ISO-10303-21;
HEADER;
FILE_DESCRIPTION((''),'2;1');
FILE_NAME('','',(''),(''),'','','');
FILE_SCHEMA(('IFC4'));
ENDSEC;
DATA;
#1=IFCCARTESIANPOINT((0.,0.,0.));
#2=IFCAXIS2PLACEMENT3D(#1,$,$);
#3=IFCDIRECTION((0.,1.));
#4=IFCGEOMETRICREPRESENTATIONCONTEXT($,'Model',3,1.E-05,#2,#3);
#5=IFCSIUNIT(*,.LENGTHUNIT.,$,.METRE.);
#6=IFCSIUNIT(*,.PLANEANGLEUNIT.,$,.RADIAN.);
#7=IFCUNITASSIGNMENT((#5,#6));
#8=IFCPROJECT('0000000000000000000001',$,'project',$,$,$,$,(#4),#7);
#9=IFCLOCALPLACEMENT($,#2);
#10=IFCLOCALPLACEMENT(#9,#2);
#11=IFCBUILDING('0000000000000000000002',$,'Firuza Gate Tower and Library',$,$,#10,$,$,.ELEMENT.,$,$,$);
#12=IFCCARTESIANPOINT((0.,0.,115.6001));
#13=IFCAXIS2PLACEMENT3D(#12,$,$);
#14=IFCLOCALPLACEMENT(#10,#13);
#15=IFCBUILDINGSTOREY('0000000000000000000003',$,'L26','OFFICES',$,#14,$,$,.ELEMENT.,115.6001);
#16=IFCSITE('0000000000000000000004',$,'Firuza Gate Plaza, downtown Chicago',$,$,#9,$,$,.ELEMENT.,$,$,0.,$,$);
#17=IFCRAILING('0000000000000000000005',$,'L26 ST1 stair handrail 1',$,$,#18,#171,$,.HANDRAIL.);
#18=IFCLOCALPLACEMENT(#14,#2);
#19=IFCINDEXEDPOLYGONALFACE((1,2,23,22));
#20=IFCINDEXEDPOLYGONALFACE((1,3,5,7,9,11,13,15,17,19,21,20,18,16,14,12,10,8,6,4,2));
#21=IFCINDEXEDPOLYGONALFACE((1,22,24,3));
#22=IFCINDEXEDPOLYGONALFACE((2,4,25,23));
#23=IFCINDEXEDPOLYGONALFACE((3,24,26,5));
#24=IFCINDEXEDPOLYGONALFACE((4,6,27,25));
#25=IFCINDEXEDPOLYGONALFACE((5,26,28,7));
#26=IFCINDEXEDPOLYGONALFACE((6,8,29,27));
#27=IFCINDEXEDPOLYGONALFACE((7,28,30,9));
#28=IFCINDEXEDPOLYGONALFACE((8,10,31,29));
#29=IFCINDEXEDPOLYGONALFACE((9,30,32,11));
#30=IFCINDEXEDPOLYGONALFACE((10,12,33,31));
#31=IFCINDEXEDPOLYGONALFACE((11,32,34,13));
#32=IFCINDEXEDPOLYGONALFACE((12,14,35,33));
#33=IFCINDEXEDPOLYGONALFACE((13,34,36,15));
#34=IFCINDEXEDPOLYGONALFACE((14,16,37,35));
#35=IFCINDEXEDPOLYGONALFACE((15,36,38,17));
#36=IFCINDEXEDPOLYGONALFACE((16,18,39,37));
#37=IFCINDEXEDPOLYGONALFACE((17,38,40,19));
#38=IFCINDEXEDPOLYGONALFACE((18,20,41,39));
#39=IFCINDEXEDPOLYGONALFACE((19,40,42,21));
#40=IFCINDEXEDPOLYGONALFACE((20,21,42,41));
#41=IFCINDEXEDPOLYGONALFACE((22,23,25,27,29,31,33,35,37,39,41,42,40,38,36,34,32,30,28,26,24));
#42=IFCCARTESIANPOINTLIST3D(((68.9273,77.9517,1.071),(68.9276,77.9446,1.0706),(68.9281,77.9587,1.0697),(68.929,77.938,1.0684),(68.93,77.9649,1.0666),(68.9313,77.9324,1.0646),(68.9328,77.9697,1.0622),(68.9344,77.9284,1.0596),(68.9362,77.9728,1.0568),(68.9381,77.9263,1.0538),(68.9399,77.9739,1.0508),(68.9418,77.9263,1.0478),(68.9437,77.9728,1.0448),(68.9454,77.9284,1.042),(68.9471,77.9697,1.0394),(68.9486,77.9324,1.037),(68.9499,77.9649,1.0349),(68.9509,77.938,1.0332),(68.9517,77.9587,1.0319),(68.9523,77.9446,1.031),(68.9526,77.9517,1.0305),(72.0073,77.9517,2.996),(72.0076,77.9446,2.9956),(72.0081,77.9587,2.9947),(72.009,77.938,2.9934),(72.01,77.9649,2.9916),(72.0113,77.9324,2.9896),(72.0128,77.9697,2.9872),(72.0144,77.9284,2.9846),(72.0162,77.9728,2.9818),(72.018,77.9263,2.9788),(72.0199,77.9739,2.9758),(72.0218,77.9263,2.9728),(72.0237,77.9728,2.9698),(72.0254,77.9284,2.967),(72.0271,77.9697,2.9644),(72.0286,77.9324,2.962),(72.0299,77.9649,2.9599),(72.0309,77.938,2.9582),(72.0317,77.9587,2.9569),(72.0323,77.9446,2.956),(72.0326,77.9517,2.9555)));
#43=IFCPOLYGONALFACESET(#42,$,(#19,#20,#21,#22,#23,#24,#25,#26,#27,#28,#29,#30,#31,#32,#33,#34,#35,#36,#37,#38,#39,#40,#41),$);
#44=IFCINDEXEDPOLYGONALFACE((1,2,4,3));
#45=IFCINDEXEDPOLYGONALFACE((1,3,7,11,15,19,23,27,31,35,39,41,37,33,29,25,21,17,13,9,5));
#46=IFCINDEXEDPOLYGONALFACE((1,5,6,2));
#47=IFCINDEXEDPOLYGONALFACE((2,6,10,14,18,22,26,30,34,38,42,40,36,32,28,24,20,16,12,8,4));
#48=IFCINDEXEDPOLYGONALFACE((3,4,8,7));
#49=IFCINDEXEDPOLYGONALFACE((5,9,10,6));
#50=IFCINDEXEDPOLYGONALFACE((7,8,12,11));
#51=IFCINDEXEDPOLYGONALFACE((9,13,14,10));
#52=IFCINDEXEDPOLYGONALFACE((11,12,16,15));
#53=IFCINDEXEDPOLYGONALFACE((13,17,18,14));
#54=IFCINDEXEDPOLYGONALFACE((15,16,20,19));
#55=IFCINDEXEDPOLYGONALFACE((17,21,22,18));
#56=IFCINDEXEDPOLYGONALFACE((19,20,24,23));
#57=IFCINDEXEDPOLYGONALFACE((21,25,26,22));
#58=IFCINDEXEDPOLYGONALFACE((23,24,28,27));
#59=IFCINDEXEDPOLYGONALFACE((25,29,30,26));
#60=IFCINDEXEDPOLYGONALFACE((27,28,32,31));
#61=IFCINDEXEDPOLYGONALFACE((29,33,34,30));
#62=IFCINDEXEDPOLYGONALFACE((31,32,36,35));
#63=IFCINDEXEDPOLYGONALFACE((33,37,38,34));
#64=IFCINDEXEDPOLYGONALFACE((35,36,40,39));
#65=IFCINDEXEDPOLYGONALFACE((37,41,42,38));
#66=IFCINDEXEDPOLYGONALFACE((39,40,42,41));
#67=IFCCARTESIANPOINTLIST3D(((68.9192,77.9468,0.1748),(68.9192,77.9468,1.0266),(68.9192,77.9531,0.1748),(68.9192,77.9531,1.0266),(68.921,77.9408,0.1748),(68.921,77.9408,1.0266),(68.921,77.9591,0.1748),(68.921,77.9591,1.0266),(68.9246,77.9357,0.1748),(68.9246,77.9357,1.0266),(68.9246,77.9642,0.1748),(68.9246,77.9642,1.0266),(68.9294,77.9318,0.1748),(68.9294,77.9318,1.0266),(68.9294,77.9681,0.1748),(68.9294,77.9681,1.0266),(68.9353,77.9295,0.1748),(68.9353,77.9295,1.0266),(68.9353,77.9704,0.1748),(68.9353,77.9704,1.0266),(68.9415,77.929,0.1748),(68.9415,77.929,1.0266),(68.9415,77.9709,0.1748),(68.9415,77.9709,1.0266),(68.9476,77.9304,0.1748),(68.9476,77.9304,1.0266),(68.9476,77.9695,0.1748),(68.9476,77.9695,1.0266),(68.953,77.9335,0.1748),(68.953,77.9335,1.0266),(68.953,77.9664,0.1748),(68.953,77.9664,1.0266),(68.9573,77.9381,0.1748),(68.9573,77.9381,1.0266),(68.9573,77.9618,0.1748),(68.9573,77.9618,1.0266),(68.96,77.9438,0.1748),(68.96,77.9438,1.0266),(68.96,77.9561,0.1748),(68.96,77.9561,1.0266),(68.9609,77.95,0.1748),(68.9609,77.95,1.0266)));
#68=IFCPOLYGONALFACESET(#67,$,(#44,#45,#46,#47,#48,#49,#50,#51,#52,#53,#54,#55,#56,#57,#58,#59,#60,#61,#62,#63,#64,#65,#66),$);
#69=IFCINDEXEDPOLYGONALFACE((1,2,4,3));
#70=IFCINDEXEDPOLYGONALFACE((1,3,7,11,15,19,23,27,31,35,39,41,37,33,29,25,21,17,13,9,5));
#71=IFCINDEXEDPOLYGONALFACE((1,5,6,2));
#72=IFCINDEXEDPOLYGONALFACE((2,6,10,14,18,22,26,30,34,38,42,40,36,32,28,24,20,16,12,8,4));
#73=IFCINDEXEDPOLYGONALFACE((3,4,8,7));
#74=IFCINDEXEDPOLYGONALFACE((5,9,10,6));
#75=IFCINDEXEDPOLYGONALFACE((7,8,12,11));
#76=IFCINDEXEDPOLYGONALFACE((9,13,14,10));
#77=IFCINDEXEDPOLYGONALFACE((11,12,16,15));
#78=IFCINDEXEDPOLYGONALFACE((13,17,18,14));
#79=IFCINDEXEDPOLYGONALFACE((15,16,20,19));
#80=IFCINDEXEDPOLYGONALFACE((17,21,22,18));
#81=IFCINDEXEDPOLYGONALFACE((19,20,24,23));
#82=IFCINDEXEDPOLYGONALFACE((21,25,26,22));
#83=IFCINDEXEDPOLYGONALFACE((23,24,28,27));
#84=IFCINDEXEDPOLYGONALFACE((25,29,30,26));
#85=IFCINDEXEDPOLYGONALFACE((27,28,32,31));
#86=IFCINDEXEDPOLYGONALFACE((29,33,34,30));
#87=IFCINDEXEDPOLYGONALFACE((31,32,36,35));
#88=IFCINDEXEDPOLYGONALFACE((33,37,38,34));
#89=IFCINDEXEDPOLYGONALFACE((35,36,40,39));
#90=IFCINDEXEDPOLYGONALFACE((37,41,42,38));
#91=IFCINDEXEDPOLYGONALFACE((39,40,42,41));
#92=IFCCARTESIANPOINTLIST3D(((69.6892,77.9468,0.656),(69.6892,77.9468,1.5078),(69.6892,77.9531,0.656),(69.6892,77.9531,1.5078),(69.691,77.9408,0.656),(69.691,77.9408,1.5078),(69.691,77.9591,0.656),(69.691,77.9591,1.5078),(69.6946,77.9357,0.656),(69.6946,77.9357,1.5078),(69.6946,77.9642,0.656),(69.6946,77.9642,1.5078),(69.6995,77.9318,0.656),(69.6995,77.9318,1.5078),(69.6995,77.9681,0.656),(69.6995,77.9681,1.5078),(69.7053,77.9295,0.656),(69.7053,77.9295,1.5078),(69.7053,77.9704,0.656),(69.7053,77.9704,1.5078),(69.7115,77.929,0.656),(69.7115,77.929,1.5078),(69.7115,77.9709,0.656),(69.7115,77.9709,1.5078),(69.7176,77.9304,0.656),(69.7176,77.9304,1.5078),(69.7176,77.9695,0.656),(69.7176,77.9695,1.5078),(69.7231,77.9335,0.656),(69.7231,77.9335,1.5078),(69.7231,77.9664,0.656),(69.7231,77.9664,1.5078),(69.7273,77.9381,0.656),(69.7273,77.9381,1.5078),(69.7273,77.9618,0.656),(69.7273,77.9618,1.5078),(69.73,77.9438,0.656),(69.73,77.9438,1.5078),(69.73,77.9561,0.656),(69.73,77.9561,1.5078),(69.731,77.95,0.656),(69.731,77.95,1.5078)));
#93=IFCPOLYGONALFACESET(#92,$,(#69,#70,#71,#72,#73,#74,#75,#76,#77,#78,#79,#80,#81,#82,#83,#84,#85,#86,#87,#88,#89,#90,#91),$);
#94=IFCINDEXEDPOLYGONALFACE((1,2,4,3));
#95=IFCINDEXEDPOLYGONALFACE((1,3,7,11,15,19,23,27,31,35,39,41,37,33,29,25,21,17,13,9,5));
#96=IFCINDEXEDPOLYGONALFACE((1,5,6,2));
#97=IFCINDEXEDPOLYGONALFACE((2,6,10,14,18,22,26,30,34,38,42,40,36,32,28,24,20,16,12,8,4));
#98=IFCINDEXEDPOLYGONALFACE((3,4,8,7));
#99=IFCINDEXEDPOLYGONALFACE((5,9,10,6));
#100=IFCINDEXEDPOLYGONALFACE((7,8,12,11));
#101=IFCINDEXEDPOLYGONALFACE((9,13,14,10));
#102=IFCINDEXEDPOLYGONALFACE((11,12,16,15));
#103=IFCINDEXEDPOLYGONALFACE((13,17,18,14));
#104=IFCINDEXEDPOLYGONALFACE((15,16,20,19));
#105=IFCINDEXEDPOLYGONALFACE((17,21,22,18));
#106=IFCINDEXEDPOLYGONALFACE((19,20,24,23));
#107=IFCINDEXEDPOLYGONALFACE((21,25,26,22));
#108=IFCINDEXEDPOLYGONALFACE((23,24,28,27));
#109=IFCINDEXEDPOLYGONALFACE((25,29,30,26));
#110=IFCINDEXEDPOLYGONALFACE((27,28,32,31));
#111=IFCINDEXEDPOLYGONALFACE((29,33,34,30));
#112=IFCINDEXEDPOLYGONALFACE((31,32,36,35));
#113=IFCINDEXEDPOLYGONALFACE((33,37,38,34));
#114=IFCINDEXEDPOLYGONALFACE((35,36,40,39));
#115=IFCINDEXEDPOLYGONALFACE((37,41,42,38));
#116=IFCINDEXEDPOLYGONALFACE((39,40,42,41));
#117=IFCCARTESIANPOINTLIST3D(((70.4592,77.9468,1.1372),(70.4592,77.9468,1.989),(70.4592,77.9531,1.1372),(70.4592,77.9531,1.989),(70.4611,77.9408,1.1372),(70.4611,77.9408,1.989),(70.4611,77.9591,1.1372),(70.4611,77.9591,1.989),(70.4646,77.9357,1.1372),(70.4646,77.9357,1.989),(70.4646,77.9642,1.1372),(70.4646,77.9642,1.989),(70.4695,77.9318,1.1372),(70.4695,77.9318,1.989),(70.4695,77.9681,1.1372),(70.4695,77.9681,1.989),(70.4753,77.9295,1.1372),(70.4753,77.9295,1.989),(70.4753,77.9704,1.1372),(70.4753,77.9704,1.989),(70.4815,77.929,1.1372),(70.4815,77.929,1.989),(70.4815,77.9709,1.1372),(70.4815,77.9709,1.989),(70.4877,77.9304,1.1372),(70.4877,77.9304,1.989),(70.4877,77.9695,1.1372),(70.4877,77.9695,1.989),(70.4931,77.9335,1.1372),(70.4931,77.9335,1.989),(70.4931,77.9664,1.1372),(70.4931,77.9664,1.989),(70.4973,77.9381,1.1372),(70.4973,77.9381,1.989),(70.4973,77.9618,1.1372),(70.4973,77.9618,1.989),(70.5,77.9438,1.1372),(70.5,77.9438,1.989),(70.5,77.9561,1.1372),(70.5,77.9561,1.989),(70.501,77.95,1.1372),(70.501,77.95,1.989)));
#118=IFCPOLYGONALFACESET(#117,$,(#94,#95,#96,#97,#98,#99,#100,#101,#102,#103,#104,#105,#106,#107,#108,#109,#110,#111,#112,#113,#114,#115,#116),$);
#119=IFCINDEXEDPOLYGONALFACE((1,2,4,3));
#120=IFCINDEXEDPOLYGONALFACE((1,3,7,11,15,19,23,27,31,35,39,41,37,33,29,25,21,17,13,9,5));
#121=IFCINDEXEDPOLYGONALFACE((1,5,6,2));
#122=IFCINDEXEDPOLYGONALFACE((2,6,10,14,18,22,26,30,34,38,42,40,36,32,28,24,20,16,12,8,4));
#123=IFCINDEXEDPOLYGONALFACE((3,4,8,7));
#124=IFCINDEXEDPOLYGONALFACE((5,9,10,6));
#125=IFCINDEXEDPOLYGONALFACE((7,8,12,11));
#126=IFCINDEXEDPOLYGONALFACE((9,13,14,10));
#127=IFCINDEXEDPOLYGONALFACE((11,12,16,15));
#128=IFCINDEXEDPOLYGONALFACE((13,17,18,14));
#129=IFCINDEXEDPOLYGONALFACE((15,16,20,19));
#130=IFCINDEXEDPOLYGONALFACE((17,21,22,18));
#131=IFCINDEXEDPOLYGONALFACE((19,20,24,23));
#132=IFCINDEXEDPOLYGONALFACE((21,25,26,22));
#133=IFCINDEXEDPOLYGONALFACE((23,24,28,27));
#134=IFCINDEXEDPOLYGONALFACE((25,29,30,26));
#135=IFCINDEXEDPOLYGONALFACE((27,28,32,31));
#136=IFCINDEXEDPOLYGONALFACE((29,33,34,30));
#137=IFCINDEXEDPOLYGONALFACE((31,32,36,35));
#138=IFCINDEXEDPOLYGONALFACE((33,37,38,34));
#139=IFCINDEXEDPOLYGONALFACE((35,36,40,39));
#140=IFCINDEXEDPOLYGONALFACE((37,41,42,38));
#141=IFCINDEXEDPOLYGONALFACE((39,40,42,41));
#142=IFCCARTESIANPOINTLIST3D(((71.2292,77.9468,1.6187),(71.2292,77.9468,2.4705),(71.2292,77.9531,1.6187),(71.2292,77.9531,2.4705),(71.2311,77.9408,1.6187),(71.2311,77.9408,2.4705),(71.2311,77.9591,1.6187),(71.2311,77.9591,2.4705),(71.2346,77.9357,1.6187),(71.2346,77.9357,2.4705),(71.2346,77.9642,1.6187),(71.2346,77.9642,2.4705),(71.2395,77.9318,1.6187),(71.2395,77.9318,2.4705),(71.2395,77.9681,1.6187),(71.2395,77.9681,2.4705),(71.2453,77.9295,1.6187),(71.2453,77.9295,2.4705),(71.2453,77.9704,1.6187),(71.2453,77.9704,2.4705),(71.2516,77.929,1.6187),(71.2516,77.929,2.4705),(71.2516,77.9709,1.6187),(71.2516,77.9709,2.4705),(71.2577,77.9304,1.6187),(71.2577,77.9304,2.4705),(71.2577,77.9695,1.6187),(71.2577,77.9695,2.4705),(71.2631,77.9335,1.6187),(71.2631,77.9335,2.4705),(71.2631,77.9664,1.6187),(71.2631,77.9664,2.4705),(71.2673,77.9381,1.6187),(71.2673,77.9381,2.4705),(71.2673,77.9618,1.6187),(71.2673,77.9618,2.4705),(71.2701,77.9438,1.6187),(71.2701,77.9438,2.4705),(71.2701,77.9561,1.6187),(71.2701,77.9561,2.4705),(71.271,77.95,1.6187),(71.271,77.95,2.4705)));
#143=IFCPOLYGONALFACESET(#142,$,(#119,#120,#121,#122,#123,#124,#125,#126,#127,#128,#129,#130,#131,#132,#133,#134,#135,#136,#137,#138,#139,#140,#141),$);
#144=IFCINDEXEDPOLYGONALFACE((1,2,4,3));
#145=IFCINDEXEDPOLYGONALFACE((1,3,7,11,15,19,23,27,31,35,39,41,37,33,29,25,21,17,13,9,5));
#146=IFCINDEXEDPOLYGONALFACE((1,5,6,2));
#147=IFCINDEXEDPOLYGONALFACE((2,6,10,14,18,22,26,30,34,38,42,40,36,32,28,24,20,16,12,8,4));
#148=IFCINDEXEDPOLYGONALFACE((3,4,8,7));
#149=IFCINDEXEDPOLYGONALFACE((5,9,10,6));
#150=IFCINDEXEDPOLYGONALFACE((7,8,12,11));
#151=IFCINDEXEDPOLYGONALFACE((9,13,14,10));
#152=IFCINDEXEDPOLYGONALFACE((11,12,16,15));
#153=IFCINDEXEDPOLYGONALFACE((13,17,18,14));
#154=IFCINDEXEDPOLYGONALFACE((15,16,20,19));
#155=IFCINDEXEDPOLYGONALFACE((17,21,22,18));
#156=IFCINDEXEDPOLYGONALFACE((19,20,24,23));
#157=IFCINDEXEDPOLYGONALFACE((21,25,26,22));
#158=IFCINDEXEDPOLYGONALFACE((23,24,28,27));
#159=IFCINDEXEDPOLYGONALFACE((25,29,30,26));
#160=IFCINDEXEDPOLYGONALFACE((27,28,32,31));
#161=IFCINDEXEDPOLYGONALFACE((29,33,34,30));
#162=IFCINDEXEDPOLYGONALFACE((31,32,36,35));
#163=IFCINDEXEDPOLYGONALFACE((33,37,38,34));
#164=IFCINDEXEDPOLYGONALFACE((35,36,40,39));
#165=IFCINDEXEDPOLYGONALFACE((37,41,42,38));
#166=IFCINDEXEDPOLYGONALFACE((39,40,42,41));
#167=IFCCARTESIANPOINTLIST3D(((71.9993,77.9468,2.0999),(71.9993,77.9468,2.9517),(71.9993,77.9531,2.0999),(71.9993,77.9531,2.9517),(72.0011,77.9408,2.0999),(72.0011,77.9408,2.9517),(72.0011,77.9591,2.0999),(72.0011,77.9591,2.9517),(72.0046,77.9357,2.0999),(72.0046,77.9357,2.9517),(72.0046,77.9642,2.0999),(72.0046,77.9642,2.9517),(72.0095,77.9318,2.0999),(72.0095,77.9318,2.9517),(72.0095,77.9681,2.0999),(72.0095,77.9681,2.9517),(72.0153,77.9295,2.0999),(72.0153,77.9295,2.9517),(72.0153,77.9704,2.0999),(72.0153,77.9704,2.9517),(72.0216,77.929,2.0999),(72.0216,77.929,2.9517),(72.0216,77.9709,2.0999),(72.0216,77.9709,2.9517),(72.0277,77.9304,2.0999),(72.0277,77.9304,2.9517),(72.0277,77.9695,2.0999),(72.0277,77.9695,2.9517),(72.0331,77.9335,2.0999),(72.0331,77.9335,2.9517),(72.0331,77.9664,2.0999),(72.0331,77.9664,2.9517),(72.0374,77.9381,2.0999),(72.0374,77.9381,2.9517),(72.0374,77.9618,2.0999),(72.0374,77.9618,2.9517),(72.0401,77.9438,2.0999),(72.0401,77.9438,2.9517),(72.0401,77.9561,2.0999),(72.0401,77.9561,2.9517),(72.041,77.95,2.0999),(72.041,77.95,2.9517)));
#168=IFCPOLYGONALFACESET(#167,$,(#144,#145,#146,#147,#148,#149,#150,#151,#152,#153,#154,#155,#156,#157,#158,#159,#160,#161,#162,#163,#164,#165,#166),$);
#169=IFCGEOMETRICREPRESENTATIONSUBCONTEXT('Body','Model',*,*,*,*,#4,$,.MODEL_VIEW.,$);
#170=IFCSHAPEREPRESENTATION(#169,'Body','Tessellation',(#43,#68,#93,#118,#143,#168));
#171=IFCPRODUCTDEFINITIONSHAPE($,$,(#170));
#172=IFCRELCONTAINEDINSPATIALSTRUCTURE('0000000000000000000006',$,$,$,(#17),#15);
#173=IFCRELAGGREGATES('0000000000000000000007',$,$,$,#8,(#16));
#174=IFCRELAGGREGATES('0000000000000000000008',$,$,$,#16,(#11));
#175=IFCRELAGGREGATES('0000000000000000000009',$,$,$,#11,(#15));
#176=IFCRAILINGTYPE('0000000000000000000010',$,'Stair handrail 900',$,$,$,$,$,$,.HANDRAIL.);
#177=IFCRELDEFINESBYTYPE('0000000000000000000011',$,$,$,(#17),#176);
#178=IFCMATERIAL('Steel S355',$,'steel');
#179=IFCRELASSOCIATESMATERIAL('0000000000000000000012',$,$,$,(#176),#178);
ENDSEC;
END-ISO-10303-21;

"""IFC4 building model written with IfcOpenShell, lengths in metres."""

from ifc_helpers import new_model, si_unit, direction, frame, origin, origin_2d, place, context, subcontext, project, spatial, circle, extrude, material, type_object, element, save


model = new_model("IFC4")

# Units and contexts
model_context = context("Model", 3, precision=1e-05, world=origin(), true_north=direction((0.0, 1.0)))
body_context = subcontext(model_context, "Body", "Model", "MODEL_VIEW")
ifc_project = project(units=[si_unit("LENGTHUNIT", "METRE"), si_unit("PLANEANGLEUNIT", "RADIAN")], contexts=[model_context])

# Site, building, storey
site_placement = place(None, origin())
site = spatial("IfcSite", under=ifc_project, at=site_placement, Name="Firuza Gate Plaza, downtown Chicago", CompositionType="ELEMENT", RefElevation=0.0)
building_placement = place(site_placement, origin())
building = spatial("IfcBuilding", under=site, at=building_placement, Name="Firuza Gate Tower and Library", CompositionType="ELEMENT")
storey_placement = place(building_placement, frame((0.0, 0.0, 115.6001)))
storey = spatial("IfcBuildingStorey", under=building, at=storey_placement, Name="L26", Description="OFFICES", CompositionType="ELEMENT", Elevation=115.6001)

# Railing
ifc_material_1 = material(Name="Steel S355", Category="steel")
railing_type_1 = type_object("IfcRailingType", Name="Stair handrail 900", PredefinedType="HANDRAIL", material=ifc_material_1)
railing_1_placement = place(storey_placement, frame((68.9399, 77.95, 0.1748)))
element("IfcRailing", 1, at=railing_1_placement, inside=storey, type_object=railing_type_1, Name="L26 ST1 stair handrail 1", PredefinedType="HANDRAIL", context=body_context, shape_type="SweptSolid", body=[
    extrude(circle(Radius=0.0239, at=origin_2d()), frame((0.0, 0.0, 0.876), z_axis=(0.847998, 0.0, 0.529999), x_axis=(0.0, 1.0, 0.0)), (0.0, 0.0, 1.0), 3.6321),
    extrude(circle(Radius=0.021, at=origin_2d()), origin(), (0.0, 0.0, 1.0), 0.8518),
    extrude(circle(Radius=0.021, at=origin_2d()), frame((0.77, 0.0, 0.4812)), (0.0, 0.0, 1.0), 0.8518),
    extrude(circle(Radius=0.021, at=origin_2d()), frame((1.54, 0.0, 0.9624)), (0.0, 0.0, 1.0), 0.8518),
    extrude(circle(Radius=0.021, at=origin_2d()), frame((2.3101, 0.0, 1.4438)), (0.0, 0.0, 1.0), 0.8518),
    extrude(circle(Radius=0.021, at=origin_2d()), frame((3.0801, 0.0, 1.925)), (0.0, 0.0, 1.0), 0.8518),
])

save(model, "model.ifc")
